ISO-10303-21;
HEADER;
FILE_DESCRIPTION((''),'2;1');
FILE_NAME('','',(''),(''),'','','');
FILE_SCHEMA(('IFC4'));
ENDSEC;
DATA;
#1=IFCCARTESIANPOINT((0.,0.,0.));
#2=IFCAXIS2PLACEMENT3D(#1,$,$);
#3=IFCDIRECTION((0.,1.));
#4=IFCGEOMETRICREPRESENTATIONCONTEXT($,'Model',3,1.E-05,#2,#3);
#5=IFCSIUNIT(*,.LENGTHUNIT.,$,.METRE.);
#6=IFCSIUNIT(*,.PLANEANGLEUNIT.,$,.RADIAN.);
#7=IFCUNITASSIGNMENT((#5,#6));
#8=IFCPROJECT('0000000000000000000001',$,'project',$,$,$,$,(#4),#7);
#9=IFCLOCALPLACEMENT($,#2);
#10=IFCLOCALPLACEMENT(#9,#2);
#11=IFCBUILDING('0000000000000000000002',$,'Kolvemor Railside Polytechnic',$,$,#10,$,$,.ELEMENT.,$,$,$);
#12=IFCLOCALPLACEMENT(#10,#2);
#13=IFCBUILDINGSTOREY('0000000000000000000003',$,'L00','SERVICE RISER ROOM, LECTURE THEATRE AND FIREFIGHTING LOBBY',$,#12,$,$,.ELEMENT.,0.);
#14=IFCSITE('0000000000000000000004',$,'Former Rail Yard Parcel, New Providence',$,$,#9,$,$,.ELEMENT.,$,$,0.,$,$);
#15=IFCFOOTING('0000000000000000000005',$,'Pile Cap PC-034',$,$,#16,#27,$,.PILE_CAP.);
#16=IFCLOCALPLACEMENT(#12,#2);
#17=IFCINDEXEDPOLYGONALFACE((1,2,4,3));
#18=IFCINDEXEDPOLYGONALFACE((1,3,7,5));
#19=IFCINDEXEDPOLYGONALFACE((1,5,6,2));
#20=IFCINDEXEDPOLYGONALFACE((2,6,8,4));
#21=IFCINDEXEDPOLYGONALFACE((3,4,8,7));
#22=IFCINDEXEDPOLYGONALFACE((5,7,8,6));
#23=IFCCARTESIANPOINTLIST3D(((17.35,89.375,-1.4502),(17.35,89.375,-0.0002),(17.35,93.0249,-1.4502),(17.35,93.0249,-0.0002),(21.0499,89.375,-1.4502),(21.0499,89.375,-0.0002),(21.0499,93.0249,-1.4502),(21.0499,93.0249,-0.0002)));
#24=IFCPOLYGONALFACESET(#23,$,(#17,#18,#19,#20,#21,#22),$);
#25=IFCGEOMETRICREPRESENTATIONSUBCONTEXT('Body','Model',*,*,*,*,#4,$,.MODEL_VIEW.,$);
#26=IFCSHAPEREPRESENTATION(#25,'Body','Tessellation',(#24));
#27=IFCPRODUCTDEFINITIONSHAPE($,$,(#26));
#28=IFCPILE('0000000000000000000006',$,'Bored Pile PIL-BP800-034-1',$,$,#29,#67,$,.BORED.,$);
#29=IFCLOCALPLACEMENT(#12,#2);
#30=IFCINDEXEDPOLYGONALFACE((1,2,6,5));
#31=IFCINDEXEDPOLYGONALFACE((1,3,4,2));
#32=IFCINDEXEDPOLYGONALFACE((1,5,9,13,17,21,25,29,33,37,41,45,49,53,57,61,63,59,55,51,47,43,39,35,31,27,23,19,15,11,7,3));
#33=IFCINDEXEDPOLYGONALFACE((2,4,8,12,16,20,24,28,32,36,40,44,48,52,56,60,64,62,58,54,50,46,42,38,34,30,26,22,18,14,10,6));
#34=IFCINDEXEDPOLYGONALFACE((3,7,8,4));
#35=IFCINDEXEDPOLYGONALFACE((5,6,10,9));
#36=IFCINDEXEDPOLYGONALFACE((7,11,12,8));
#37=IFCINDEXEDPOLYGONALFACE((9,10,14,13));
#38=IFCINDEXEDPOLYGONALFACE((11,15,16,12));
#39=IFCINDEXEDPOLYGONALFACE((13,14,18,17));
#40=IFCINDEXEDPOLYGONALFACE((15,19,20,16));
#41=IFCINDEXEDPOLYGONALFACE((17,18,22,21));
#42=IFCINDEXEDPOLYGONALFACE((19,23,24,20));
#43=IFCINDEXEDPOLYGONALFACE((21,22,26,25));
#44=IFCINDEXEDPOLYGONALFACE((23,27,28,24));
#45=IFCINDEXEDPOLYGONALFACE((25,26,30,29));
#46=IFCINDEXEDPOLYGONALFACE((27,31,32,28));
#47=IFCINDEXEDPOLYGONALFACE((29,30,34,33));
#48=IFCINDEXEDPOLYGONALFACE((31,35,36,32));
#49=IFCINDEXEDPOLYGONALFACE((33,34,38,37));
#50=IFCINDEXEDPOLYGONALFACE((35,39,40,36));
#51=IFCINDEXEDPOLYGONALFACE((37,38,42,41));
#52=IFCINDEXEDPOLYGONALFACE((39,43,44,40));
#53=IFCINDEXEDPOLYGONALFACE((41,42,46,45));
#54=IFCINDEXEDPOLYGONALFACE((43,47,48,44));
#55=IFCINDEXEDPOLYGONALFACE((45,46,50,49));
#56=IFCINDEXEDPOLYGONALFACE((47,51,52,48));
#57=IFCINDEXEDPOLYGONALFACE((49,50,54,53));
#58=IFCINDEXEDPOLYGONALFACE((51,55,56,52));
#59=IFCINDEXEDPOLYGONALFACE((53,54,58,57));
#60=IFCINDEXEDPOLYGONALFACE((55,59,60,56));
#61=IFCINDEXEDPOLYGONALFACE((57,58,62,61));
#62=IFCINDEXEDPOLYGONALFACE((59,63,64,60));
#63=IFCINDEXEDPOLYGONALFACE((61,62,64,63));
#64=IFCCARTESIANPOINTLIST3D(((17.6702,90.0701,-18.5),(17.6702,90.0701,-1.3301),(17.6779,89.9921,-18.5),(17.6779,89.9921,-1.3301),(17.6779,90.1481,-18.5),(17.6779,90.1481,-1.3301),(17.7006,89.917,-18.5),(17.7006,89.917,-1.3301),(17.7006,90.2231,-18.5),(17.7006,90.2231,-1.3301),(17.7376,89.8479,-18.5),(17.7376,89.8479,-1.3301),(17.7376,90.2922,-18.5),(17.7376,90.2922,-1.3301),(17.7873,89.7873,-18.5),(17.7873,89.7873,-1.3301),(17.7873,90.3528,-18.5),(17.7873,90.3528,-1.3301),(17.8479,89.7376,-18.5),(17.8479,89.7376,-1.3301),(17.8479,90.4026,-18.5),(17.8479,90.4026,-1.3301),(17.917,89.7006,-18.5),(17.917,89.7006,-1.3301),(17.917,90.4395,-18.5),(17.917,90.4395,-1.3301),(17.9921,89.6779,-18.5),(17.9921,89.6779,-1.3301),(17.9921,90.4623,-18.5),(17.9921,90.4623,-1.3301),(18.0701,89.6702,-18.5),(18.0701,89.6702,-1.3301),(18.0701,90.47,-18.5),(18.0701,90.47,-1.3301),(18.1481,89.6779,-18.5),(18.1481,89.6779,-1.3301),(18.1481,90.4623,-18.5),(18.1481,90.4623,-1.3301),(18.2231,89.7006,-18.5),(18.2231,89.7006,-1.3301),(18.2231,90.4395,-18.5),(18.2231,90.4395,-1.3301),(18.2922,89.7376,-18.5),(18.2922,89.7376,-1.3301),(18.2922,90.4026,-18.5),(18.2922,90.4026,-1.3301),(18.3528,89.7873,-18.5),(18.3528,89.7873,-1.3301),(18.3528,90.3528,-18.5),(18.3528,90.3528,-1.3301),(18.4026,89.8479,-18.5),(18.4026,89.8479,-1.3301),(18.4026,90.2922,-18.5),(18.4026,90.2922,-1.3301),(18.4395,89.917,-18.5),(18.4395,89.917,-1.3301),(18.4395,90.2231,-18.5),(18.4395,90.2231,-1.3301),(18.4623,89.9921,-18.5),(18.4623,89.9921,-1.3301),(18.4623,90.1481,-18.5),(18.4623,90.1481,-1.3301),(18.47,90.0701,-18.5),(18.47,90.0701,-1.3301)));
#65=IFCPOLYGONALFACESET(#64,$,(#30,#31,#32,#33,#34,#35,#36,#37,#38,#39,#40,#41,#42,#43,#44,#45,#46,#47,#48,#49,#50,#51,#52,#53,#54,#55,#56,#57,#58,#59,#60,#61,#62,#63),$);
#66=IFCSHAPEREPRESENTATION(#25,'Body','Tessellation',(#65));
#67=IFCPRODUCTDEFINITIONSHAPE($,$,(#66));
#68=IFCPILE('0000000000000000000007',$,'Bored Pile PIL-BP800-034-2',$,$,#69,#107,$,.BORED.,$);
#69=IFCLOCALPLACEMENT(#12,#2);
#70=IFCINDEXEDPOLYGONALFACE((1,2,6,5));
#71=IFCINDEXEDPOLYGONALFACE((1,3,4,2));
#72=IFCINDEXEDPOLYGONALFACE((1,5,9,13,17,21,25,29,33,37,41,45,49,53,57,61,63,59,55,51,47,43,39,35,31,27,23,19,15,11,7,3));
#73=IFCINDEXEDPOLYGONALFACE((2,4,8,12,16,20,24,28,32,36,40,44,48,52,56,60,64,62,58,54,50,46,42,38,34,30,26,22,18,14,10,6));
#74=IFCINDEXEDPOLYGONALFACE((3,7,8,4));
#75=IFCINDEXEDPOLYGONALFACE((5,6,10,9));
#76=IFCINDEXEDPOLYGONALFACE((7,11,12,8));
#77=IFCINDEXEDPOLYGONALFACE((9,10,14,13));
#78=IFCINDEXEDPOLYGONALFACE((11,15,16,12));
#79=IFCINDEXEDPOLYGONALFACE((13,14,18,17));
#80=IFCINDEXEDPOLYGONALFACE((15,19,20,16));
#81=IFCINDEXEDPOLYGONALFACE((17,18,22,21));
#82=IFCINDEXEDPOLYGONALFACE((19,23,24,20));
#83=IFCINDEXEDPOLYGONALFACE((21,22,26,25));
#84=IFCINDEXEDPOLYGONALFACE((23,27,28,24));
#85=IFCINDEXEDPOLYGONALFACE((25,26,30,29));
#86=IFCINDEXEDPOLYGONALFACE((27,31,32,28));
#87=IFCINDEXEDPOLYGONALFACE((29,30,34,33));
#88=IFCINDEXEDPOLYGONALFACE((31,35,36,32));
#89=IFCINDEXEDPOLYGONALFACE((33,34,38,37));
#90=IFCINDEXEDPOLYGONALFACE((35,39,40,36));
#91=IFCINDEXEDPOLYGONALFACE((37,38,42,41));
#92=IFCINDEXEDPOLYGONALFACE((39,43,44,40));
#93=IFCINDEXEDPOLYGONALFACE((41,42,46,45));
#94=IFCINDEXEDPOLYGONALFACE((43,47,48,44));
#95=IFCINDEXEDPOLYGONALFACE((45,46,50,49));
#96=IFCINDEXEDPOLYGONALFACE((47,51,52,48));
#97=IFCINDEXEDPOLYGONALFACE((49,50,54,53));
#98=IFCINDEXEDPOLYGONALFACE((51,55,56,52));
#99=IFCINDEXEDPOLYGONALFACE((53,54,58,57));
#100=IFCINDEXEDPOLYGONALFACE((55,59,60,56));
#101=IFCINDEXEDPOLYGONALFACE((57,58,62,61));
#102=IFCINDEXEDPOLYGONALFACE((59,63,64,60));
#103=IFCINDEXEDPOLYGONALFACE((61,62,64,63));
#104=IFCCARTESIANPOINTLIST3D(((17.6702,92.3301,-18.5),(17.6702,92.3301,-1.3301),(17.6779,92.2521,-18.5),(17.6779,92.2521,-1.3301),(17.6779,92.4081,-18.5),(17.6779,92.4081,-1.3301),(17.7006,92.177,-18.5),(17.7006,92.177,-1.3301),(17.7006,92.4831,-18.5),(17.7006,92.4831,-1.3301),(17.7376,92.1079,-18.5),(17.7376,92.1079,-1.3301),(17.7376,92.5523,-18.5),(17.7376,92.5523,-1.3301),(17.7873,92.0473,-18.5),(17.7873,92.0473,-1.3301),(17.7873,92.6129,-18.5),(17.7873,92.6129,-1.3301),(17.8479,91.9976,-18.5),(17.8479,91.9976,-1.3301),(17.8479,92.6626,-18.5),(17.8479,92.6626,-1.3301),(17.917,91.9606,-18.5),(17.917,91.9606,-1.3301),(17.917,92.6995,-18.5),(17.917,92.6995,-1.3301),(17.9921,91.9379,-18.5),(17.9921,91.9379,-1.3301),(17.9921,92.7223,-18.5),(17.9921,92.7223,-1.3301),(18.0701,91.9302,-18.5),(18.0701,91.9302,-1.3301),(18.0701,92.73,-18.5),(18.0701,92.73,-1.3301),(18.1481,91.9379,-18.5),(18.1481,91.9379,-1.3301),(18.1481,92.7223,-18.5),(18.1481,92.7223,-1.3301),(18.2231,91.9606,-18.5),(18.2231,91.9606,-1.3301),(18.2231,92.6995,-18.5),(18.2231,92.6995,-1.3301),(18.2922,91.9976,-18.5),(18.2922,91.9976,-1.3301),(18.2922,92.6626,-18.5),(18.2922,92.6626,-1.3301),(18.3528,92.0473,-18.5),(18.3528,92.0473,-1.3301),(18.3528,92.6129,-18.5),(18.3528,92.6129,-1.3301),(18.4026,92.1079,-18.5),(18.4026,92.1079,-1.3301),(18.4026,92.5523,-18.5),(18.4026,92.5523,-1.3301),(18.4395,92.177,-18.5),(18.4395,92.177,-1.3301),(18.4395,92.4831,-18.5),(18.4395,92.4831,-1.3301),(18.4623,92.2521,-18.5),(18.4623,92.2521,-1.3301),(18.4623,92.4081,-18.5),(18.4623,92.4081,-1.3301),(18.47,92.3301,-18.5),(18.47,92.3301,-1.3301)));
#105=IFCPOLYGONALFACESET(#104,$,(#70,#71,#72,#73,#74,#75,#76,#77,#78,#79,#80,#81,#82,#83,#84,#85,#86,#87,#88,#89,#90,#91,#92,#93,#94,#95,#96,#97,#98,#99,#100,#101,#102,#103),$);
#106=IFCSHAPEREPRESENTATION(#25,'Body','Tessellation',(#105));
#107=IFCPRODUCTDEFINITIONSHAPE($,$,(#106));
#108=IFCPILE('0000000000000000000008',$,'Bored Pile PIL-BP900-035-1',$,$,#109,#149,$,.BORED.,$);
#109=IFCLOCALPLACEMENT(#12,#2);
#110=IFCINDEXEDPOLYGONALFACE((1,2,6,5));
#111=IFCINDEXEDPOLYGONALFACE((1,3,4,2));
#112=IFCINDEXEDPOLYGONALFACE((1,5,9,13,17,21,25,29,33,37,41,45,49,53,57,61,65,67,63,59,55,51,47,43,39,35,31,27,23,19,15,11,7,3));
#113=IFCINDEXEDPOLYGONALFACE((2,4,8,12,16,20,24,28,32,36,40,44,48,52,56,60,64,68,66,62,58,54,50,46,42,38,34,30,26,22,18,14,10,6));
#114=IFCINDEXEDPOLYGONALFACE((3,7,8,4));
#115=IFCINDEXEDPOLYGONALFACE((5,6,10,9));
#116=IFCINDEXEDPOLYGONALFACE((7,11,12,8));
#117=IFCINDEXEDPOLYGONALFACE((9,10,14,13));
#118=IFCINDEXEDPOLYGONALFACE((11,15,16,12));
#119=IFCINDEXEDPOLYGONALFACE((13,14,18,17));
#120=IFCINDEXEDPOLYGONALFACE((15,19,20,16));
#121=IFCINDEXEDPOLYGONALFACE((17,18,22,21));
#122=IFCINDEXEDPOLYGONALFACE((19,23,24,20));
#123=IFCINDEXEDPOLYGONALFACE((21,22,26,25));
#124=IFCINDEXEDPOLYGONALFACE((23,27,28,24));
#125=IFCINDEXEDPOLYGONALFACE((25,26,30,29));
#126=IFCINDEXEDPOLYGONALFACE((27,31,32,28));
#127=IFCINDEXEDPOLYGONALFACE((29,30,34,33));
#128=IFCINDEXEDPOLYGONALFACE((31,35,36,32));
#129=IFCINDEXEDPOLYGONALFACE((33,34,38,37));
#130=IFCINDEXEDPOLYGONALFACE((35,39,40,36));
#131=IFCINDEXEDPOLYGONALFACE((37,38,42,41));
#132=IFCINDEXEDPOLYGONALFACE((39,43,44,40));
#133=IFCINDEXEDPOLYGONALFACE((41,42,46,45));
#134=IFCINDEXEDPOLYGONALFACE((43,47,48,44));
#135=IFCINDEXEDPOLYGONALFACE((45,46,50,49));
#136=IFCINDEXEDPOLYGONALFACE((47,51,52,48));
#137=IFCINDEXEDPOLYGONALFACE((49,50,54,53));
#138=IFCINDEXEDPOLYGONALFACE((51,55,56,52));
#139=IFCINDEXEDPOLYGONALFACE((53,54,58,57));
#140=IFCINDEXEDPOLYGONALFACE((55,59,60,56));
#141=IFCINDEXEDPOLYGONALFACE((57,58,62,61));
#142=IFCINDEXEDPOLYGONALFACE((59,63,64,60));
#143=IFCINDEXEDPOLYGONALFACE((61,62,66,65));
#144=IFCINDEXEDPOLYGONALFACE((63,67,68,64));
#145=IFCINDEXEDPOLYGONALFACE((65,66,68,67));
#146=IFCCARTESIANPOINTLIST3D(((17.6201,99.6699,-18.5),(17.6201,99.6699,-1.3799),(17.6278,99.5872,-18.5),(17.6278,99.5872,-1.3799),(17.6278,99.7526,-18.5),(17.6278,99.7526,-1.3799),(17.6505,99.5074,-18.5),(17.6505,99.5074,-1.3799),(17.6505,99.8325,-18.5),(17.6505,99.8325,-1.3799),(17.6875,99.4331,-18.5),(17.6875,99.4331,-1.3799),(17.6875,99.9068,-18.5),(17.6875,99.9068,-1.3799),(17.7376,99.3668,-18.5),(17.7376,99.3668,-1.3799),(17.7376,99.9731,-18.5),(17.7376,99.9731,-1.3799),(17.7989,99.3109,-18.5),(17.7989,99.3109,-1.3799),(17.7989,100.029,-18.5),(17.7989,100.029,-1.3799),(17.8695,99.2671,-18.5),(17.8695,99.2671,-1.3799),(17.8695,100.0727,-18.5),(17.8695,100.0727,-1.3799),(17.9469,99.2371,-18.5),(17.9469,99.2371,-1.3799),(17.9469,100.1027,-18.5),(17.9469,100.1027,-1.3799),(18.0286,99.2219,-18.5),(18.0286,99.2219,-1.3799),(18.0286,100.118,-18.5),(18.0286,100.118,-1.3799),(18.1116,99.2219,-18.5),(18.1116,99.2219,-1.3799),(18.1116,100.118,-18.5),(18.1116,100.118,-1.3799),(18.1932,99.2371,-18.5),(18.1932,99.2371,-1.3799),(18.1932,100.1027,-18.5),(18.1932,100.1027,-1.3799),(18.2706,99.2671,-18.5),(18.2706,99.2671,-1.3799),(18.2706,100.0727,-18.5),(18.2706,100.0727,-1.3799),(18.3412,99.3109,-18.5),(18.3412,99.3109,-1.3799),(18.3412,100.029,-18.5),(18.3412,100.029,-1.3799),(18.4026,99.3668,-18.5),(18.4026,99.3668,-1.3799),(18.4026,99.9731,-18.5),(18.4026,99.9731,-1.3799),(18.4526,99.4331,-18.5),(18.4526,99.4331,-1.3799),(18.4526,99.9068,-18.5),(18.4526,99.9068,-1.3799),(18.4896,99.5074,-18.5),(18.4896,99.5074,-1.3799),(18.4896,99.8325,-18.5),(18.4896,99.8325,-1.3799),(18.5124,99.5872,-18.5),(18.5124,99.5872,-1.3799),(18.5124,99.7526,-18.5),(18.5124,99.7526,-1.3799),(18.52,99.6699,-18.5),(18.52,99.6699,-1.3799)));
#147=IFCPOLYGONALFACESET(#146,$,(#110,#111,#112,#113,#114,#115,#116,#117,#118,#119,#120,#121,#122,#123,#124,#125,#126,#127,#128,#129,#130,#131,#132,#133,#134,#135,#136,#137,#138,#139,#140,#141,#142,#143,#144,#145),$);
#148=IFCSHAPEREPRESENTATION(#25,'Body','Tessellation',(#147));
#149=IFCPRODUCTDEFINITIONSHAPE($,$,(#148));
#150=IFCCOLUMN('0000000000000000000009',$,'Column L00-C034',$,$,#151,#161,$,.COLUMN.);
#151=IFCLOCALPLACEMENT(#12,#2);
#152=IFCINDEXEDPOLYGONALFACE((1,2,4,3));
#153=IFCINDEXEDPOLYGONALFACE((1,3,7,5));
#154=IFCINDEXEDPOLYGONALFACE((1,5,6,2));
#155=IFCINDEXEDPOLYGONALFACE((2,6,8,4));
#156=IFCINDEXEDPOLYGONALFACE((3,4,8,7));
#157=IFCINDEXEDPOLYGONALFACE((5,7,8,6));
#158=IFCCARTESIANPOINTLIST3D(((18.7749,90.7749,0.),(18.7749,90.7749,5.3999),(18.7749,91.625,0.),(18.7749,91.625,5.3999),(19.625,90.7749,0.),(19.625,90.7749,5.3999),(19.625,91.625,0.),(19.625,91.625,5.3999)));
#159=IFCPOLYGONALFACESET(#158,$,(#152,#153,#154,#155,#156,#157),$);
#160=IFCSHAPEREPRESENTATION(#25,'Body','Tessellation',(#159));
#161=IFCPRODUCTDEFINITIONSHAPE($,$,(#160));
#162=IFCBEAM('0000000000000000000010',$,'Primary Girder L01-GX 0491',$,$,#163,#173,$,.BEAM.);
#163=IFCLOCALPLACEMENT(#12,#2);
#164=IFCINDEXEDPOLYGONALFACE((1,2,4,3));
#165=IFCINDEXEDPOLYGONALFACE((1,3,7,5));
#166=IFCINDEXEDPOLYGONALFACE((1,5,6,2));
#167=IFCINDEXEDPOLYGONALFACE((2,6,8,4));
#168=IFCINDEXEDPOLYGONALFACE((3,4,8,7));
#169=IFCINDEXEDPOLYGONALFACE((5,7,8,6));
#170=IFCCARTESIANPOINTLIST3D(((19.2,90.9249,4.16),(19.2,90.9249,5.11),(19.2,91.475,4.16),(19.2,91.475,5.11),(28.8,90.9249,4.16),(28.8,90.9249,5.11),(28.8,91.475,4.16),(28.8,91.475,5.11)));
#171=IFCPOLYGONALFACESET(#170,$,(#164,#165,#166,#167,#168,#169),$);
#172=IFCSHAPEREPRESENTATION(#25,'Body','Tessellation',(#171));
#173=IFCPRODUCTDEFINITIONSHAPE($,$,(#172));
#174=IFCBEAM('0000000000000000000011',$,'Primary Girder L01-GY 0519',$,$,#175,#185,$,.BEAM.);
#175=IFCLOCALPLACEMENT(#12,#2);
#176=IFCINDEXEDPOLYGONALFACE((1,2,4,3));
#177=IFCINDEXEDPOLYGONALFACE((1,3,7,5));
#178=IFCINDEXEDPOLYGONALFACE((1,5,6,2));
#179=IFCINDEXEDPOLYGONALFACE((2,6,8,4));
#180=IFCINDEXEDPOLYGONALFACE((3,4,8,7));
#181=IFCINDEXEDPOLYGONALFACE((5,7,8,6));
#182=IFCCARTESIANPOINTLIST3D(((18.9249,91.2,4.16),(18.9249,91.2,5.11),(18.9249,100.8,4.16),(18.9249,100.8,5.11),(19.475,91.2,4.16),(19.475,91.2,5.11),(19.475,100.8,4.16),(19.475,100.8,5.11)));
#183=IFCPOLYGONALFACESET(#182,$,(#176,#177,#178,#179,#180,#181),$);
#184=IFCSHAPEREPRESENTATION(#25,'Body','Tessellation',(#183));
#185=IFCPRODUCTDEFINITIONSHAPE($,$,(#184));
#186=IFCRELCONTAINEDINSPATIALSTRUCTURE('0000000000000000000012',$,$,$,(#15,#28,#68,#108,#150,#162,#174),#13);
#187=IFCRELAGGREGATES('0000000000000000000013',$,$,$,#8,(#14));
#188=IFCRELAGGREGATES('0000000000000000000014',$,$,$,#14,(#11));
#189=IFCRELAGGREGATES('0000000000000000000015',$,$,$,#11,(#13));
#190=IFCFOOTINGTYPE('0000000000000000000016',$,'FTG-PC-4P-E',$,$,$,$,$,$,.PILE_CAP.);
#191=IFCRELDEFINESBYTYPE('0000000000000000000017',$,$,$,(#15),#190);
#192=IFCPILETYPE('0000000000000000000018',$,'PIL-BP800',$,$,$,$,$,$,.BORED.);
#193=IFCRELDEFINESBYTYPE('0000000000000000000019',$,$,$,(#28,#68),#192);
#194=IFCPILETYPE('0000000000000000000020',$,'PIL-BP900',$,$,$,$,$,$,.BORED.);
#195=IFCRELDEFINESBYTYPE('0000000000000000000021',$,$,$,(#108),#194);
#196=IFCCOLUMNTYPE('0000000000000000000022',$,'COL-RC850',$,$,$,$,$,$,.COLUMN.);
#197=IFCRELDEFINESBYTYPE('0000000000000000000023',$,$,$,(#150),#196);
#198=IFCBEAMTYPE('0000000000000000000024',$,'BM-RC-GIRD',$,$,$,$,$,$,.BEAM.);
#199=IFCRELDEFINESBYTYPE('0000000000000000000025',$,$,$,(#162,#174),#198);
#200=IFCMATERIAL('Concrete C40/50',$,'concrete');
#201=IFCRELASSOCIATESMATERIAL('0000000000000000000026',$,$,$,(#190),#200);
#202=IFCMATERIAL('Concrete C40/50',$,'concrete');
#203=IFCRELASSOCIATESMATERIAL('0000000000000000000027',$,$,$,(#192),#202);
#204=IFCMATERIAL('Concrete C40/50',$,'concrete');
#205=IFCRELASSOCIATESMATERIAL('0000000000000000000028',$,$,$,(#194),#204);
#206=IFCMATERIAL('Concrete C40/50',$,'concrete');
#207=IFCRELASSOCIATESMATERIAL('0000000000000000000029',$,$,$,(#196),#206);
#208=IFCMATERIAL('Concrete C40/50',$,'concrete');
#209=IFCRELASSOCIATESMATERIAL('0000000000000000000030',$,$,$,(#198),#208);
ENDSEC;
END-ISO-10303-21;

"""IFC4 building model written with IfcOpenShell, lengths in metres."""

from ifc_helpers import new_model, si_unit, direction, frame, origin, origin_2d, place, context, subcontext, project, spatial, rectangle, circle, extrude, material, material_profile, profile_set, type_object, element, save


model = new_model("IFC4")

# Units and contexts
model_context = context("Model", 3, precision=1e-05, world=origin(), true_north=direction((0.0, 1.0)))
body_context = subcontext(model_context, "Body", "Model", "MODEL_VIEW")
ifc_project = project(units=[si_unit("LENGTHUNIT", "METRE"), si_unit("PLANEANGLEUNIT", "RADIAN")], contexts=[model_context])

# Site, building, storey
site_placement = place(None, origin())
site = spatial("IfcSite", under=ifc_project, at=site_placement, Name="Former Rail Yard Parcel, New Providence", CompositionType="ELEMENT", RefElevation=0.0)
building_placement = place(site_placement, origin())
building = spatial("IfcBuilding", under=site, at=building_placement, Name="Kolvemor Railside Polytechnic", CompositionType="ELEMENT")
storey_placement = place(building_placement, origin())
storey = spatial("IfcBuildingStorey", under=building, at=storey_placement, Name="L00", Description="SERVICE RISER ROOM, LECTURE THEATRE AND FIREFIGHTING LOBBY", CompositionType="ELEMENT", Elevation=0.0)

# Footing
ifc_material_1 = material(Name="Concrete C40/50", Category="concrete")
footing_type = type_object("IfcFootingType", Name="FTG-PC-4P-E", PredefinedType="PILE_CAP", material=ifc_material_1)
footing_placement = place(storey_placement, frame((19.2, 91.2, -1.4502), z_axis=(0.0, 0.0, 1.0), x_axis=(1.0, 0.0, 0.0)))
element("IfcFooting", 1, at=footing_placement, inside=storey, type_object=footing_type, Name="Pile Cap PC-034", PredefinedType="PILE_CAP", context=body_context, shape_type="SweptSolid", body=[
    extrude(rectangle(XDim=3.7, YDim=3.6499, at=origin_2d()), origin(), (0.0, 0.0, 1.0), 1.45),
])

# Piles
ifc_material_2 = material(Name="Concrete C40/50", Category="concrete")
ifc_material_profile_1 = material_profile(ifc_material_2, circle(Radius=0.3999, at=origin_2d()), Name="BP800")
ifc_profile_set_1 = profile_set([ifc_material_profile_1], Name="Concrete C40/50")
pile_type_1 = type_object("IfcPileType", Name="PIL-BP800", PredefinedType="BORED", material=ifc_profile_set_1)
for number, where, z_axis, x_axis, name in (
    (2, (18.0701, 90.0701, -1.3301), (0.0, 0.0, -1.0), (1.0, 0.0, 0.0), "Bored Pile PIL-BP800-034-1"),
    (3, (18.0701, 92.3301, -1.3301), (0.0, 0.0, -1.0), (1.0, 0.0, 0.0), "Bored Pile PIL-BP800-034-2"),
):
    element("IfcPile", number, at=place(storey_placement, frame(where, z_axis=z_axis, x_axis=x_axis)), inside=storey, type_object=pile_type_1, Name=name, PredefinedType="BORED", context=body_context, shape_type="SweptSolid", body=[
        extrude(circle(Radius=0.3999, at=origin_2d()), origin(), (0.0, 0.0, 1.0), 17.1699),
    ])
ifc_material_3 = material(Name="Concrete C40/50", Category="concrete")
ifc_material_profile_2 = material_profile(ifc_material_3, circle(Radius=0.45, at=origin_2d()), Name="BP900")
ifc_profile_set_2 = profile_set([ifc_material_profile_2], Name="Concrete C40/50")
pile_type_2 = type_object("IfcPileType", Name="PIL-BP900", PredefinedType="BORED", material=ifc_profile_set_2)
pile_placement = place(storey_placement, frame((18.0701, 99.6699, -1.3799), z_axis=(0.0, 0.0, -1.0), x_axis=(1.0, 0.0, 0.0)))
element("IfcPile", 4, at=pile_placement, inside=storey, type_object=pile_type_2, Name="Bored Pile PIL-BP900-035-1", PredefinedType="BORED", context=body_context, shape_type="SweptSolid", body=[
    extrude(circle(Radius=0.45, at=origin_2d()), origin(), (0.0, 0.0, 1.0), 17.1201),
])

# Column
ifc_material_4 = material(Name="Concrete C40/50", Category="concrete")
ifc_material_profile_3 = material_profile(ifc_material_4, rectangle(XDim=0.8501, YDim=0.8501, at=origin_2d()), Name="RC850x850")
ifc_profile_set_3 = profile_set([ifc_material_profile_3], Name="Concrete C40/50")
column_type = type_object("IfcColumnType", Name="COL-RC850", PredefinedType="COLUMN", material=ifc_profile_set_3)
column_placement = place(storey_placement, frame((19.2, 91.2, 0.0), z_axis=(0.0, 0.0, 1.0), x_axis=(1.0, 0.0, 0.0)))
element("IfcColumn", 5, at=column_placement, inside=storey, type_object=column_type, Name="Column L00-C034", PredefinedType="COLUMN", context=body_context, shape_type="SweptSolid", body=[
    extrude(rectangle(XDim=0.8501, YDim=0.8501, at=origin_2d()), origin(), (0.0, 0.0, 1.0), 5.3999),
])

# Beams
ifc_material_5 = material(Name="Concrete C40/50", Category="concrete")
ifc_material_profile_4 = material_profile(ifc_material_5, rectangle(XDim=0.55, YDim=0.95, at=origin_2d()), Name="RC550x950")
ifc_profile_set_4 = profile_set([ifc_material_profile_4], Name="Concrete C40/50")
beam_type_1 = type_object("IfcBeamType", Name="BM-RC-GIRD", PredefinedType="BEAM", material=ifc_profile_set_4)
for number, where, z_axis, x_axis, name in (
    (6, (19.2, 91.2, 4.635), (1.0, 0.0, 0.0), (0.0, 1.0, 0.0), "Primary Girder L01-GX 0491"),
    (7, (19.2, 91.2, 4.635), (0.0, 1.0, 0.0), (-1.0, 0.0, 0.0), "Primary Girder L01-GY 0519"),
):
    element("IfcBeam", number, at=place(storey_placement, frame(where, z_axis=z_axis, x_axis=x_axis)), inside=storey, type_object=beam_type_1, Name=name, PredefinedType="BEAM", context=body_context, shape_type="SweptSolid", body=[
        extrude(rectangle(XDim=0.55, YDim=0.95, at=origin_2d()), origin(), (0.0, 0.0, 1.0), 9.6001),
    ])

save(model, "model.ifc")
